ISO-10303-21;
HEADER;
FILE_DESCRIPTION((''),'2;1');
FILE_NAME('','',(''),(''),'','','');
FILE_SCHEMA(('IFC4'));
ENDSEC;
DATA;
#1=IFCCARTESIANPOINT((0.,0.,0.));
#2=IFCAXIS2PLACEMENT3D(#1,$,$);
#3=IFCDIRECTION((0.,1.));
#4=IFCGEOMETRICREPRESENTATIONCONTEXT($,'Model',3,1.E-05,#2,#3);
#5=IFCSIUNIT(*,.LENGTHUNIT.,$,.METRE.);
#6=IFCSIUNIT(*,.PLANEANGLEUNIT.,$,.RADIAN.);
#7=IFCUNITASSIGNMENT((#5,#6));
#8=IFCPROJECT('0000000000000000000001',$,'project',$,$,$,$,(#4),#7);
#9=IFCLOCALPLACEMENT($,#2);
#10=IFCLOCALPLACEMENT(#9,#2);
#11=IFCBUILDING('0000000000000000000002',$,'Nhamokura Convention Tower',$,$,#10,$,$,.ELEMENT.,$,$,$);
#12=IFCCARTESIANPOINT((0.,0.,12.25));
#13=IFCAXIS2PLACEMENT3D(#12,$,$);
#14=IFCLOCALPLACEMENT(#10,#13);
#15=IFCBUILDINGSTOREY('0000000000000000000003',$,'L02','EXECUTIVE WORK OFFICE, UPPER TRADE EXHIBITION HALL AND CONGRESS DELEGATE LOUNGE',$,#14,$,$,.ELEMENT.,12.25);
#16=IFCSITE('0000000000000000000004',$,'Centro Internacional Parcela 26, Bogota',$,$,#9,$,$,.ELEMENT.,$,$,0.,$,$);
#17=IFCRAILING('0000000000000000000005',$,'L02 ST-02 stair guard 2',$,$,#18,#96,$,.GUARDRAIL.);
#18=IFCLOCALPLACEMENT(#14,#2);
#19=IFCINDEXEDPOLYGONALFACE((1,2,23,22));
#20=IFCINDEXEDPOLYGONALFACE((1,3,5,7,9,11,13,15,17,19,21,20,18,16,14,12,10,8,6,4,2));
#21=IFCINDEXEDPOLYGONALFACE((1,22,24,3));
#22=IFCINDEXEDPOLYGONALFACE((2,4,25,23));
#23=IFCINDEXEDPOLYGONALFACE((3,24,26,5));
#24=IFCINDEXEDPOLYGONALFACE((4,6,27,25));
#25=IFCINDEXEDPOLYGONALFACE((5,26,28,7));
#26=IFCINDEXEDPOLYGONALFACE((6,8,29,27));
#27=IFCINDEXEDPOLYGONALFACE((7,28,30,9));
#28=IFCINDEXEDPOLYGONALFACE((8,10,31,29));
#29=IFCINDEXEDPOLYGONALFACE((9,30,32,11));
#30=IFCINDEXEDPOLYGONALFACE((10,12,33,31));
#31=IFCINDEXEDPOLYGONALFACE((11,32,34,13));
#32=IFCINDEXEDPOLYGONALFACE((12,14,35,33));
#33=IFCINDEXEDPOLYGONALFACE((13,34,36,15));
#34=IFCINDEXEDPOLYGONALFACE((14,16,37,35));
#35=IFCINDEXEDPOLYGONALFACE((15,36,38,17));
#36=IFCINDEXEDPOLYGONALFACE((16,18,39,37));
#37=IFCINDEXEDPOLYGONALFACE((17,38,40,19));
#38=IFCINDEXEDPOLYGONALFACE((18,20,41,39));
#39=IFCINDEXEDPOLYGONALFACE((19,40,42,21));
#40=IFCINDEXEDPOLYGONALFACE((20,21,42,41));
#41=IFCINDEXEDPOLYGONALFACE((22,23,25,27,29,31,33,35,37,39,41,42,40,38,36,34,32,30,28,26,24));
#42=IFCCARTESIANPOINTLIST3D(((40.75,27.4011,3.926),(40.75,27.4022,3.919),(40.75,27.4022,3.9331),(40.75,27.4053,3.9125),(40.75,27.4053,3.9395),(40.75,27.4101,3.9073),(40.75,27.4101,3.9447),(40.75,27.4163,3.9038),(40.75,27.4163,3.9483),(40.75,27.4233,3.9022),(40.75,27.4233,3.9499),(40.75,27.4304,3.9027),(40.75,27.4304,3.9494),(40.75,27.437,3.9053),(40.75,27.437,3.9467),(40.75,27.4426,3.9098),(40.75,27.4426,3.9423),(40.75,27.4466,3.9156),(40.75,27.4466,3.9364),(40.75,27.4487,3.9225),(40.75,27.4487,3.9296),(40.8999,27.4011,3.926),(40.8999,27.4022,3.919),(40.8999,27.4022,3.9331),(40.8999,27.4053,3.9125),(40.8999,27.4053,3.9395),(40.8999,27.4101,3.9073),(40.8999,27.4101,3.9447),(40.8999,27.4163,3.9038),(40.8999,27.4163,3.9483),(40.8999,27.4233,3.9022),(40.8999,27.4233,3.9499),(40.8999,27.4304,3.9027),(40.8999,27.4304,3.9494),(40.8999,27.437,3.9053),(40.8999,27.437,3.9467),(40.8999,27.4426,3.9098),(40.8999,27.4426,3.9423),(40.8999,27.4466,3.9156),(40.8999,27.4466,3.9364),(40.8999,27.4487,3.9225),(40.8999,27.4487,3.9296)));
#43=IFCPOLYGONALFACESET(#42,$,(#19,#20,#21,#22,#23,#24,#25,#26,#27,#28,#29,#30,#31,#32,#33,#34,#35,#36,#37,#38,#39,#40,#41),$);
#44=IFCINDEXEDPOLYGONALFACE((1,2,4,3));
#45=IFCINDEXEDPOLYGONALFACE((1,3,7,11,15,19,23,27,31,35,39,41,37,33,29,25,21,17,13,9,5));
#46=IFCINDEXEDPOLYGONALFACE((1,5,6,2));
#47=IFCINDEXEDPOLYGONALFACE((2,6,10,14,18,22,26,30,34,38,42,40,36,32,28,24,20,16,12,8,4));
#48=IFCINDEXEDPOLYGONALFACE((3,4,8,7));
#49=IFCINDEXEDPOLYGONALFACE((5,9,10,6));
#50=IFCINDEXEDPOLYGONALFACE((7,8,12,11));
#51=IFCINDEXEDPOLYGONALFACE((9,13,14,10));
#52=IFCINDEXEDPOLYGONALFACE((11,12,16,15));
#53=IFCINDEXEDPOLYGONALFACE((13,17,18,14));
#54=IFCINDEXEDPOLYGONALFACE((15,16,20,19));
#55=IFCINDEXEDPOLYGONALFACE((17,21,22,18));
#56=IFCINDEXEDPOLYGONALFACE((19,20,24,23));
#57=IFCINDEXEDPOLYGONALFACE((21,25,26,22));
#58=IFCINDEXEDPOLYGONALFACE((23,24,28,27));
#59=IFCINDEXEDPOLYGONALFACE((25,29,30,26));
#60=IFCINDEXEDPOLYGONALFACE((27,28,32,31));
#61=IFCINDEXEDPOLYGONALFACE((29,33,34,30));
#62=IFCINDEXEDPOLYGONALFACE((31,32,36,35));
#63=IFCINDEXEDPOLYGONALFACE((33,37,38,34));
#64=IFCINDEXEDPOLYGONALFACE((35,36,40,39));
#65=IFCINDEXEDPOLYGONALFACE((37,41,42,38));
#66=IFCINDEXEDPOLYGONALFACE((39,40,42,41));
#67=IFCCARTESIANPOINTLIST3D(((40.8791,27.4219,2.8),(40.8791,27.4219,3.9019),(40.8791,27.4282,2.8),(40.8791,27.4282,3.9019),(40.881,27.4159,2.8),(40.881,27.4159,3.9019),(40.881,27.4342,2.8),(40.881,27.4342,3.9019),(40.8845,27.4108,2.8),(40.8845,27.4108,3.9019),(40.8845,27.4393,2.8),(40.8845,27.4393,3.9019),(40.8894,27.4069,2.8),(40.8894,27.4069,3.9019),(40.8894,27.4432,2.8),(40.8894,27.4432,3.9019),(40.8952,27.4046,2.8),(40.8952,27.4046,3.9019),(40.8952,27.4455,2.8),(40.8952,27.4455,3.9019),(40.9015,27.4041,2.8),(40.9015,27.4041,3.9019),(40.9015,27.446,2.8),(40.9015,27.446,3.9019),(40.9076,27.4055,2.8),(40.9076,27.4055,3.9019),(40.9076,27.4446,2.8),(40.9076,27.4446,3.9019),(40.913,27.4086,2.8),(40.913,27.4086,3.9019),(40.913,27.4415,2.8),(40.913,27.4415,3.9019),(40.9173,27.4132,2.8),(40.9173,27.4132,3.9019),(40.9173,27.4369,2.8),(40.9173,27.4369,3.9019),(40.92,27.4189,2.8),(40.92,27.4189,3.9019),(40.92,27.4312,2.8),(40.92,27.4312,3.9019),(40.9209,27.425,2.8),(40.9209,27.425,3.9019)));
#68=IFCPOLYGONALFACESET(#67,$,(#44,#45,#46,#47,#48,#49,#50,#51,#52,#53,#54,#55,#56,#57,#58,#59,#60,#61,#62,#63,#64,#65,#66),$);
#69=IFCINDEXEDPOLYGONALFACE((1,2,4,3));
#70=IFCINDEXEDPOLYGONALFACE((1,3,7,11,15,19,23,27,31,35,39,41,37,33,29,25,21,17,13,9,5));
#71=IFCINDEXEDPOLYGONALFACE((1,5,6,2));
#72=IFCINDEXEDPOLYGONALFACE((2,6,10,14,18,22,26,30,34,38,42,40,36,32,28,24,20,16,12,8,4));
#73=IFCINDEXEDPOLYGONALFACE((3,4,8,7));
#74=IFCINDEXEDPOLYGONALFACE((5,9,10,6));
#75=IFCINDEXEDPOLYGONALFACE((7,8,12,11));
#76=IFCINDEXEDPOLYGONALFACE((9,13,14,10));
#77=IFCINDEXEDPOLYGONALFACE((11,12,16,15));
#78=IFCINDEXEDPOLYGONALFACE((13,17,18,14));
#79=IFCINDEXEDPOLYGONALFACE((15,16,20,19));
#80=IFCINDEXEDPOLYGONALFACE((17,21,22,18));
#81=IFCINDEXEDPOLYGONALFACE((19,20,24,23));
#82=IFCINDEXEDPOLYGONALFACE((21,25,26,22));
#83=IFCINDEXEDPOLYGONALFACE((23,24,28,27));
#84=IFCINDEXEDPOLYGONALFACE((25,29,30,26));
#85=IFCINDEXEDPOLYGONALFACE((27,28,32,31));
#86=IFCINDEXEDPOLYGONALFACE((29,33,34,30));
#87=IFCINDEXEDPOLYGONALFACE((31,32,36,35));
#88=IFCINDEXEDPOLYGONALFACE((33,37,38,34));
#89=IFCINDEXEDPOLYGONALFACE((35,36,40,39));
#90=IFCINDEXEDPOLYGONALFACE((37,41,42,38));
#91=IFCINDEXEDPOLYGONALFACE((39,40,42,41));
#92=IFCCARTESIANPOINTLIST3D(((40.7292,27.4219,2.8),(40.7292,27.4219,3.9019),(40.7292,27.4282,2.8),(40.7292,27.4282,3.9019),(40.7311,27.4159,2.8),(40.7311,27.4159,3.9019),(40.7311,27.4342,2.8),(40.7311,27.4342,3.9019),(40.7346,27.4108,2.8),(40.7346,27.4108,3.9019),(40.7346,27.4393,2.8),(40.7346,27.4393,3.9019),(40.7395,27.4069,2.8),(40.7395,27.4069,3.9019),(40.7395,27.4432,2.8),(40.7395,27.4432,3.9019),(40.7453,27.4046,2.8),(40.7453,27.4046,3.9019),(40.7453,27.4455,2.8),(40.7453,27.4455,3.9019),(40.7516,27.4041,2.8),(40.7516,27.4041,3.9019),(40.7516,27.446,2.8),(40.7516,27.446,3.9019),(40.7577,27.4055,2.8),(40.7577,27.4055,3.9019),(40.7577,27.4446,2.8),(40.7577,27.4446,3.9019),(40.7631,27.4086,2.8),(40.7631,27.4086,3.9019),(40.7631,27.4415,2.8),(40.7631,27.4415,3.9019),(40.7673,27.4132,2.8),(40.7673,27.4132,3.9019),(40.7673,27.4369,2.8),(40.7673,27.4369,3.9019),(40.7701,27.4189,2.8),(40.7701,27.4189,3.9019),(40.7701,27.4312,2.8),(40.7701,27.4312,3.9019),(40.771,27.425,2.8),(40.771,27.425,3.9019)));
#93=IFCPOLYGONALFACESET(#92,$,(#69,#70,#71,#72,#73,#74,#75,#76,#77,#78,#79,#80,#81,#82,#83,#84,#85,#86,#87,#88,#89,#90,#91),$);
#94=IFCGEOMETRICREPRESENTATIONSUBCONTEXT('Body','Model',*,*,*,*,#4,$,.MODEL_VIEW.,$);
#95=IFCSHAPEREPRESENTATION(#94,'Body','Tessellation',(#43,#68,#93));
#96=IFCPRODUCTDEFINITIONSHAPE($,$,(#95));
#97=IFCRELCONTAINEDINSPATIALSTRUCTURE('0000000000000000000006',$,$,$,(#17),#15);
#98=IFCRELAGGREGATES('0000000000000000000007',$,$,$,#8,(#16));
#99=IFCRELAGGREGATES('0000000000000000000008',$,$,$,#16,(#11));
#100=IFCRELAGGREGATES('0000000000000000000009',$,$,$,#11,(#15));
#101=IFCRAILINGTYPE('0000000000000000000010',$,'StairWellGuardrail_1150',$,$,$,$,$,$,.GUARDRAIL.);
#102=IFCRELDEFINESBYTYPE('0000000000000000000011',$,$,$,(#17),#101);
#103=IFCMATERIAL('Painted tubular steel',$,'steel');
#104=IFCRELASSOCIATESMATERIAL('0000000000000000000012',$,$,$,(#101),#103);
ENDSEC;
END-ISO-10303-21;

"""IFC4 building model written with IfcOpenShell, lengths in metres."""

from ifc_helpers import new_model, si_unit, direction, frame, origin, origin_2d, place, context, subcontext, project, spatial, circle, extrude, material, type_object, element, save


model = new_model("IFC4")

# Units and contexts
model_context = context("Model", 3, precision=1e-05, world=origin(), true_north=direction((0.0, 1.0)))
body_context = subcontext(model_context, "Body", "Model", "MODEL_VIEW")
ifc_project = project(units=[si_unit("LENGTHUNIT", "METRE"), si_unit("PLANEANGLEUNIT", "RADIAN")], contexts=[model_context])

# Site, building, storey
site_placement = place(None, origin())
site = spatial("IfcSite", under=ifc_project, at=site_placement, Name="Centro Internacional Parcela 26, Bogota", CompositionType="ELEMENT", RefElevation=0.0)
building_placement = place(site_placement, origin())
building = spatial("IfcBuilding", under=site, at=building_placement, Name="Nhamokura Convention Tower", CompositionType="ELEMENT")
storey_placement = place(building_placement, frame((0.0, 0.0, 12.25)))
storey = spatial("IfcBuildingStorey", under=building, at=storey_placement, Name="L02", Description="EXECUTIVE WORK OFFICE, UPPER TRADE EXHIBITION HALL AND CONGRESS DELEGATE LOUNGE", CompositionType="ELEMENT", Elevation=12.25)

# Railing
ifc_material_1 = material(Name="Painted tubular steel", Category="steel")
railing_type_1 = type_object("IfcRailingType", Name="StairWellGuardrail_1150", PredefinedType="GUARDRAIL", material=ifc_material_1)
railing_1_placement = place(storey_placement, frame((40.8999, 27.425, 2.8)))
element("IfcRailing", 1, at=railing_1_placement, inside=storey, type_object=railing_type_1, Name="L02 ST-02 stair guard 2", PredefinedType="GUARDRAIL", context=body_context, shape_type="SweptSolid", body=[
    extrude(circle(Radius=0.0239, at=origin_2d()), frame((0.0, 0.0, 1.126), z_axis=(-1.0, 0.0, 0.0), x_axis=(0.0, -1.0, 0.0)), (0.0, 0.0, 1.0), 0.1499),
    extrude(circle(Radius=0.021, at=origin_2d()), origin(), (0.0, 0.0, 1.0), 1.1018),
    extrude(circle(Radius=0.021, at=origin_2d()), frame((-0.1499, 0.0, 0.0)), (0.0, 0.0, 1.0), 1.1018),
])

save(model, "model.ifc")
